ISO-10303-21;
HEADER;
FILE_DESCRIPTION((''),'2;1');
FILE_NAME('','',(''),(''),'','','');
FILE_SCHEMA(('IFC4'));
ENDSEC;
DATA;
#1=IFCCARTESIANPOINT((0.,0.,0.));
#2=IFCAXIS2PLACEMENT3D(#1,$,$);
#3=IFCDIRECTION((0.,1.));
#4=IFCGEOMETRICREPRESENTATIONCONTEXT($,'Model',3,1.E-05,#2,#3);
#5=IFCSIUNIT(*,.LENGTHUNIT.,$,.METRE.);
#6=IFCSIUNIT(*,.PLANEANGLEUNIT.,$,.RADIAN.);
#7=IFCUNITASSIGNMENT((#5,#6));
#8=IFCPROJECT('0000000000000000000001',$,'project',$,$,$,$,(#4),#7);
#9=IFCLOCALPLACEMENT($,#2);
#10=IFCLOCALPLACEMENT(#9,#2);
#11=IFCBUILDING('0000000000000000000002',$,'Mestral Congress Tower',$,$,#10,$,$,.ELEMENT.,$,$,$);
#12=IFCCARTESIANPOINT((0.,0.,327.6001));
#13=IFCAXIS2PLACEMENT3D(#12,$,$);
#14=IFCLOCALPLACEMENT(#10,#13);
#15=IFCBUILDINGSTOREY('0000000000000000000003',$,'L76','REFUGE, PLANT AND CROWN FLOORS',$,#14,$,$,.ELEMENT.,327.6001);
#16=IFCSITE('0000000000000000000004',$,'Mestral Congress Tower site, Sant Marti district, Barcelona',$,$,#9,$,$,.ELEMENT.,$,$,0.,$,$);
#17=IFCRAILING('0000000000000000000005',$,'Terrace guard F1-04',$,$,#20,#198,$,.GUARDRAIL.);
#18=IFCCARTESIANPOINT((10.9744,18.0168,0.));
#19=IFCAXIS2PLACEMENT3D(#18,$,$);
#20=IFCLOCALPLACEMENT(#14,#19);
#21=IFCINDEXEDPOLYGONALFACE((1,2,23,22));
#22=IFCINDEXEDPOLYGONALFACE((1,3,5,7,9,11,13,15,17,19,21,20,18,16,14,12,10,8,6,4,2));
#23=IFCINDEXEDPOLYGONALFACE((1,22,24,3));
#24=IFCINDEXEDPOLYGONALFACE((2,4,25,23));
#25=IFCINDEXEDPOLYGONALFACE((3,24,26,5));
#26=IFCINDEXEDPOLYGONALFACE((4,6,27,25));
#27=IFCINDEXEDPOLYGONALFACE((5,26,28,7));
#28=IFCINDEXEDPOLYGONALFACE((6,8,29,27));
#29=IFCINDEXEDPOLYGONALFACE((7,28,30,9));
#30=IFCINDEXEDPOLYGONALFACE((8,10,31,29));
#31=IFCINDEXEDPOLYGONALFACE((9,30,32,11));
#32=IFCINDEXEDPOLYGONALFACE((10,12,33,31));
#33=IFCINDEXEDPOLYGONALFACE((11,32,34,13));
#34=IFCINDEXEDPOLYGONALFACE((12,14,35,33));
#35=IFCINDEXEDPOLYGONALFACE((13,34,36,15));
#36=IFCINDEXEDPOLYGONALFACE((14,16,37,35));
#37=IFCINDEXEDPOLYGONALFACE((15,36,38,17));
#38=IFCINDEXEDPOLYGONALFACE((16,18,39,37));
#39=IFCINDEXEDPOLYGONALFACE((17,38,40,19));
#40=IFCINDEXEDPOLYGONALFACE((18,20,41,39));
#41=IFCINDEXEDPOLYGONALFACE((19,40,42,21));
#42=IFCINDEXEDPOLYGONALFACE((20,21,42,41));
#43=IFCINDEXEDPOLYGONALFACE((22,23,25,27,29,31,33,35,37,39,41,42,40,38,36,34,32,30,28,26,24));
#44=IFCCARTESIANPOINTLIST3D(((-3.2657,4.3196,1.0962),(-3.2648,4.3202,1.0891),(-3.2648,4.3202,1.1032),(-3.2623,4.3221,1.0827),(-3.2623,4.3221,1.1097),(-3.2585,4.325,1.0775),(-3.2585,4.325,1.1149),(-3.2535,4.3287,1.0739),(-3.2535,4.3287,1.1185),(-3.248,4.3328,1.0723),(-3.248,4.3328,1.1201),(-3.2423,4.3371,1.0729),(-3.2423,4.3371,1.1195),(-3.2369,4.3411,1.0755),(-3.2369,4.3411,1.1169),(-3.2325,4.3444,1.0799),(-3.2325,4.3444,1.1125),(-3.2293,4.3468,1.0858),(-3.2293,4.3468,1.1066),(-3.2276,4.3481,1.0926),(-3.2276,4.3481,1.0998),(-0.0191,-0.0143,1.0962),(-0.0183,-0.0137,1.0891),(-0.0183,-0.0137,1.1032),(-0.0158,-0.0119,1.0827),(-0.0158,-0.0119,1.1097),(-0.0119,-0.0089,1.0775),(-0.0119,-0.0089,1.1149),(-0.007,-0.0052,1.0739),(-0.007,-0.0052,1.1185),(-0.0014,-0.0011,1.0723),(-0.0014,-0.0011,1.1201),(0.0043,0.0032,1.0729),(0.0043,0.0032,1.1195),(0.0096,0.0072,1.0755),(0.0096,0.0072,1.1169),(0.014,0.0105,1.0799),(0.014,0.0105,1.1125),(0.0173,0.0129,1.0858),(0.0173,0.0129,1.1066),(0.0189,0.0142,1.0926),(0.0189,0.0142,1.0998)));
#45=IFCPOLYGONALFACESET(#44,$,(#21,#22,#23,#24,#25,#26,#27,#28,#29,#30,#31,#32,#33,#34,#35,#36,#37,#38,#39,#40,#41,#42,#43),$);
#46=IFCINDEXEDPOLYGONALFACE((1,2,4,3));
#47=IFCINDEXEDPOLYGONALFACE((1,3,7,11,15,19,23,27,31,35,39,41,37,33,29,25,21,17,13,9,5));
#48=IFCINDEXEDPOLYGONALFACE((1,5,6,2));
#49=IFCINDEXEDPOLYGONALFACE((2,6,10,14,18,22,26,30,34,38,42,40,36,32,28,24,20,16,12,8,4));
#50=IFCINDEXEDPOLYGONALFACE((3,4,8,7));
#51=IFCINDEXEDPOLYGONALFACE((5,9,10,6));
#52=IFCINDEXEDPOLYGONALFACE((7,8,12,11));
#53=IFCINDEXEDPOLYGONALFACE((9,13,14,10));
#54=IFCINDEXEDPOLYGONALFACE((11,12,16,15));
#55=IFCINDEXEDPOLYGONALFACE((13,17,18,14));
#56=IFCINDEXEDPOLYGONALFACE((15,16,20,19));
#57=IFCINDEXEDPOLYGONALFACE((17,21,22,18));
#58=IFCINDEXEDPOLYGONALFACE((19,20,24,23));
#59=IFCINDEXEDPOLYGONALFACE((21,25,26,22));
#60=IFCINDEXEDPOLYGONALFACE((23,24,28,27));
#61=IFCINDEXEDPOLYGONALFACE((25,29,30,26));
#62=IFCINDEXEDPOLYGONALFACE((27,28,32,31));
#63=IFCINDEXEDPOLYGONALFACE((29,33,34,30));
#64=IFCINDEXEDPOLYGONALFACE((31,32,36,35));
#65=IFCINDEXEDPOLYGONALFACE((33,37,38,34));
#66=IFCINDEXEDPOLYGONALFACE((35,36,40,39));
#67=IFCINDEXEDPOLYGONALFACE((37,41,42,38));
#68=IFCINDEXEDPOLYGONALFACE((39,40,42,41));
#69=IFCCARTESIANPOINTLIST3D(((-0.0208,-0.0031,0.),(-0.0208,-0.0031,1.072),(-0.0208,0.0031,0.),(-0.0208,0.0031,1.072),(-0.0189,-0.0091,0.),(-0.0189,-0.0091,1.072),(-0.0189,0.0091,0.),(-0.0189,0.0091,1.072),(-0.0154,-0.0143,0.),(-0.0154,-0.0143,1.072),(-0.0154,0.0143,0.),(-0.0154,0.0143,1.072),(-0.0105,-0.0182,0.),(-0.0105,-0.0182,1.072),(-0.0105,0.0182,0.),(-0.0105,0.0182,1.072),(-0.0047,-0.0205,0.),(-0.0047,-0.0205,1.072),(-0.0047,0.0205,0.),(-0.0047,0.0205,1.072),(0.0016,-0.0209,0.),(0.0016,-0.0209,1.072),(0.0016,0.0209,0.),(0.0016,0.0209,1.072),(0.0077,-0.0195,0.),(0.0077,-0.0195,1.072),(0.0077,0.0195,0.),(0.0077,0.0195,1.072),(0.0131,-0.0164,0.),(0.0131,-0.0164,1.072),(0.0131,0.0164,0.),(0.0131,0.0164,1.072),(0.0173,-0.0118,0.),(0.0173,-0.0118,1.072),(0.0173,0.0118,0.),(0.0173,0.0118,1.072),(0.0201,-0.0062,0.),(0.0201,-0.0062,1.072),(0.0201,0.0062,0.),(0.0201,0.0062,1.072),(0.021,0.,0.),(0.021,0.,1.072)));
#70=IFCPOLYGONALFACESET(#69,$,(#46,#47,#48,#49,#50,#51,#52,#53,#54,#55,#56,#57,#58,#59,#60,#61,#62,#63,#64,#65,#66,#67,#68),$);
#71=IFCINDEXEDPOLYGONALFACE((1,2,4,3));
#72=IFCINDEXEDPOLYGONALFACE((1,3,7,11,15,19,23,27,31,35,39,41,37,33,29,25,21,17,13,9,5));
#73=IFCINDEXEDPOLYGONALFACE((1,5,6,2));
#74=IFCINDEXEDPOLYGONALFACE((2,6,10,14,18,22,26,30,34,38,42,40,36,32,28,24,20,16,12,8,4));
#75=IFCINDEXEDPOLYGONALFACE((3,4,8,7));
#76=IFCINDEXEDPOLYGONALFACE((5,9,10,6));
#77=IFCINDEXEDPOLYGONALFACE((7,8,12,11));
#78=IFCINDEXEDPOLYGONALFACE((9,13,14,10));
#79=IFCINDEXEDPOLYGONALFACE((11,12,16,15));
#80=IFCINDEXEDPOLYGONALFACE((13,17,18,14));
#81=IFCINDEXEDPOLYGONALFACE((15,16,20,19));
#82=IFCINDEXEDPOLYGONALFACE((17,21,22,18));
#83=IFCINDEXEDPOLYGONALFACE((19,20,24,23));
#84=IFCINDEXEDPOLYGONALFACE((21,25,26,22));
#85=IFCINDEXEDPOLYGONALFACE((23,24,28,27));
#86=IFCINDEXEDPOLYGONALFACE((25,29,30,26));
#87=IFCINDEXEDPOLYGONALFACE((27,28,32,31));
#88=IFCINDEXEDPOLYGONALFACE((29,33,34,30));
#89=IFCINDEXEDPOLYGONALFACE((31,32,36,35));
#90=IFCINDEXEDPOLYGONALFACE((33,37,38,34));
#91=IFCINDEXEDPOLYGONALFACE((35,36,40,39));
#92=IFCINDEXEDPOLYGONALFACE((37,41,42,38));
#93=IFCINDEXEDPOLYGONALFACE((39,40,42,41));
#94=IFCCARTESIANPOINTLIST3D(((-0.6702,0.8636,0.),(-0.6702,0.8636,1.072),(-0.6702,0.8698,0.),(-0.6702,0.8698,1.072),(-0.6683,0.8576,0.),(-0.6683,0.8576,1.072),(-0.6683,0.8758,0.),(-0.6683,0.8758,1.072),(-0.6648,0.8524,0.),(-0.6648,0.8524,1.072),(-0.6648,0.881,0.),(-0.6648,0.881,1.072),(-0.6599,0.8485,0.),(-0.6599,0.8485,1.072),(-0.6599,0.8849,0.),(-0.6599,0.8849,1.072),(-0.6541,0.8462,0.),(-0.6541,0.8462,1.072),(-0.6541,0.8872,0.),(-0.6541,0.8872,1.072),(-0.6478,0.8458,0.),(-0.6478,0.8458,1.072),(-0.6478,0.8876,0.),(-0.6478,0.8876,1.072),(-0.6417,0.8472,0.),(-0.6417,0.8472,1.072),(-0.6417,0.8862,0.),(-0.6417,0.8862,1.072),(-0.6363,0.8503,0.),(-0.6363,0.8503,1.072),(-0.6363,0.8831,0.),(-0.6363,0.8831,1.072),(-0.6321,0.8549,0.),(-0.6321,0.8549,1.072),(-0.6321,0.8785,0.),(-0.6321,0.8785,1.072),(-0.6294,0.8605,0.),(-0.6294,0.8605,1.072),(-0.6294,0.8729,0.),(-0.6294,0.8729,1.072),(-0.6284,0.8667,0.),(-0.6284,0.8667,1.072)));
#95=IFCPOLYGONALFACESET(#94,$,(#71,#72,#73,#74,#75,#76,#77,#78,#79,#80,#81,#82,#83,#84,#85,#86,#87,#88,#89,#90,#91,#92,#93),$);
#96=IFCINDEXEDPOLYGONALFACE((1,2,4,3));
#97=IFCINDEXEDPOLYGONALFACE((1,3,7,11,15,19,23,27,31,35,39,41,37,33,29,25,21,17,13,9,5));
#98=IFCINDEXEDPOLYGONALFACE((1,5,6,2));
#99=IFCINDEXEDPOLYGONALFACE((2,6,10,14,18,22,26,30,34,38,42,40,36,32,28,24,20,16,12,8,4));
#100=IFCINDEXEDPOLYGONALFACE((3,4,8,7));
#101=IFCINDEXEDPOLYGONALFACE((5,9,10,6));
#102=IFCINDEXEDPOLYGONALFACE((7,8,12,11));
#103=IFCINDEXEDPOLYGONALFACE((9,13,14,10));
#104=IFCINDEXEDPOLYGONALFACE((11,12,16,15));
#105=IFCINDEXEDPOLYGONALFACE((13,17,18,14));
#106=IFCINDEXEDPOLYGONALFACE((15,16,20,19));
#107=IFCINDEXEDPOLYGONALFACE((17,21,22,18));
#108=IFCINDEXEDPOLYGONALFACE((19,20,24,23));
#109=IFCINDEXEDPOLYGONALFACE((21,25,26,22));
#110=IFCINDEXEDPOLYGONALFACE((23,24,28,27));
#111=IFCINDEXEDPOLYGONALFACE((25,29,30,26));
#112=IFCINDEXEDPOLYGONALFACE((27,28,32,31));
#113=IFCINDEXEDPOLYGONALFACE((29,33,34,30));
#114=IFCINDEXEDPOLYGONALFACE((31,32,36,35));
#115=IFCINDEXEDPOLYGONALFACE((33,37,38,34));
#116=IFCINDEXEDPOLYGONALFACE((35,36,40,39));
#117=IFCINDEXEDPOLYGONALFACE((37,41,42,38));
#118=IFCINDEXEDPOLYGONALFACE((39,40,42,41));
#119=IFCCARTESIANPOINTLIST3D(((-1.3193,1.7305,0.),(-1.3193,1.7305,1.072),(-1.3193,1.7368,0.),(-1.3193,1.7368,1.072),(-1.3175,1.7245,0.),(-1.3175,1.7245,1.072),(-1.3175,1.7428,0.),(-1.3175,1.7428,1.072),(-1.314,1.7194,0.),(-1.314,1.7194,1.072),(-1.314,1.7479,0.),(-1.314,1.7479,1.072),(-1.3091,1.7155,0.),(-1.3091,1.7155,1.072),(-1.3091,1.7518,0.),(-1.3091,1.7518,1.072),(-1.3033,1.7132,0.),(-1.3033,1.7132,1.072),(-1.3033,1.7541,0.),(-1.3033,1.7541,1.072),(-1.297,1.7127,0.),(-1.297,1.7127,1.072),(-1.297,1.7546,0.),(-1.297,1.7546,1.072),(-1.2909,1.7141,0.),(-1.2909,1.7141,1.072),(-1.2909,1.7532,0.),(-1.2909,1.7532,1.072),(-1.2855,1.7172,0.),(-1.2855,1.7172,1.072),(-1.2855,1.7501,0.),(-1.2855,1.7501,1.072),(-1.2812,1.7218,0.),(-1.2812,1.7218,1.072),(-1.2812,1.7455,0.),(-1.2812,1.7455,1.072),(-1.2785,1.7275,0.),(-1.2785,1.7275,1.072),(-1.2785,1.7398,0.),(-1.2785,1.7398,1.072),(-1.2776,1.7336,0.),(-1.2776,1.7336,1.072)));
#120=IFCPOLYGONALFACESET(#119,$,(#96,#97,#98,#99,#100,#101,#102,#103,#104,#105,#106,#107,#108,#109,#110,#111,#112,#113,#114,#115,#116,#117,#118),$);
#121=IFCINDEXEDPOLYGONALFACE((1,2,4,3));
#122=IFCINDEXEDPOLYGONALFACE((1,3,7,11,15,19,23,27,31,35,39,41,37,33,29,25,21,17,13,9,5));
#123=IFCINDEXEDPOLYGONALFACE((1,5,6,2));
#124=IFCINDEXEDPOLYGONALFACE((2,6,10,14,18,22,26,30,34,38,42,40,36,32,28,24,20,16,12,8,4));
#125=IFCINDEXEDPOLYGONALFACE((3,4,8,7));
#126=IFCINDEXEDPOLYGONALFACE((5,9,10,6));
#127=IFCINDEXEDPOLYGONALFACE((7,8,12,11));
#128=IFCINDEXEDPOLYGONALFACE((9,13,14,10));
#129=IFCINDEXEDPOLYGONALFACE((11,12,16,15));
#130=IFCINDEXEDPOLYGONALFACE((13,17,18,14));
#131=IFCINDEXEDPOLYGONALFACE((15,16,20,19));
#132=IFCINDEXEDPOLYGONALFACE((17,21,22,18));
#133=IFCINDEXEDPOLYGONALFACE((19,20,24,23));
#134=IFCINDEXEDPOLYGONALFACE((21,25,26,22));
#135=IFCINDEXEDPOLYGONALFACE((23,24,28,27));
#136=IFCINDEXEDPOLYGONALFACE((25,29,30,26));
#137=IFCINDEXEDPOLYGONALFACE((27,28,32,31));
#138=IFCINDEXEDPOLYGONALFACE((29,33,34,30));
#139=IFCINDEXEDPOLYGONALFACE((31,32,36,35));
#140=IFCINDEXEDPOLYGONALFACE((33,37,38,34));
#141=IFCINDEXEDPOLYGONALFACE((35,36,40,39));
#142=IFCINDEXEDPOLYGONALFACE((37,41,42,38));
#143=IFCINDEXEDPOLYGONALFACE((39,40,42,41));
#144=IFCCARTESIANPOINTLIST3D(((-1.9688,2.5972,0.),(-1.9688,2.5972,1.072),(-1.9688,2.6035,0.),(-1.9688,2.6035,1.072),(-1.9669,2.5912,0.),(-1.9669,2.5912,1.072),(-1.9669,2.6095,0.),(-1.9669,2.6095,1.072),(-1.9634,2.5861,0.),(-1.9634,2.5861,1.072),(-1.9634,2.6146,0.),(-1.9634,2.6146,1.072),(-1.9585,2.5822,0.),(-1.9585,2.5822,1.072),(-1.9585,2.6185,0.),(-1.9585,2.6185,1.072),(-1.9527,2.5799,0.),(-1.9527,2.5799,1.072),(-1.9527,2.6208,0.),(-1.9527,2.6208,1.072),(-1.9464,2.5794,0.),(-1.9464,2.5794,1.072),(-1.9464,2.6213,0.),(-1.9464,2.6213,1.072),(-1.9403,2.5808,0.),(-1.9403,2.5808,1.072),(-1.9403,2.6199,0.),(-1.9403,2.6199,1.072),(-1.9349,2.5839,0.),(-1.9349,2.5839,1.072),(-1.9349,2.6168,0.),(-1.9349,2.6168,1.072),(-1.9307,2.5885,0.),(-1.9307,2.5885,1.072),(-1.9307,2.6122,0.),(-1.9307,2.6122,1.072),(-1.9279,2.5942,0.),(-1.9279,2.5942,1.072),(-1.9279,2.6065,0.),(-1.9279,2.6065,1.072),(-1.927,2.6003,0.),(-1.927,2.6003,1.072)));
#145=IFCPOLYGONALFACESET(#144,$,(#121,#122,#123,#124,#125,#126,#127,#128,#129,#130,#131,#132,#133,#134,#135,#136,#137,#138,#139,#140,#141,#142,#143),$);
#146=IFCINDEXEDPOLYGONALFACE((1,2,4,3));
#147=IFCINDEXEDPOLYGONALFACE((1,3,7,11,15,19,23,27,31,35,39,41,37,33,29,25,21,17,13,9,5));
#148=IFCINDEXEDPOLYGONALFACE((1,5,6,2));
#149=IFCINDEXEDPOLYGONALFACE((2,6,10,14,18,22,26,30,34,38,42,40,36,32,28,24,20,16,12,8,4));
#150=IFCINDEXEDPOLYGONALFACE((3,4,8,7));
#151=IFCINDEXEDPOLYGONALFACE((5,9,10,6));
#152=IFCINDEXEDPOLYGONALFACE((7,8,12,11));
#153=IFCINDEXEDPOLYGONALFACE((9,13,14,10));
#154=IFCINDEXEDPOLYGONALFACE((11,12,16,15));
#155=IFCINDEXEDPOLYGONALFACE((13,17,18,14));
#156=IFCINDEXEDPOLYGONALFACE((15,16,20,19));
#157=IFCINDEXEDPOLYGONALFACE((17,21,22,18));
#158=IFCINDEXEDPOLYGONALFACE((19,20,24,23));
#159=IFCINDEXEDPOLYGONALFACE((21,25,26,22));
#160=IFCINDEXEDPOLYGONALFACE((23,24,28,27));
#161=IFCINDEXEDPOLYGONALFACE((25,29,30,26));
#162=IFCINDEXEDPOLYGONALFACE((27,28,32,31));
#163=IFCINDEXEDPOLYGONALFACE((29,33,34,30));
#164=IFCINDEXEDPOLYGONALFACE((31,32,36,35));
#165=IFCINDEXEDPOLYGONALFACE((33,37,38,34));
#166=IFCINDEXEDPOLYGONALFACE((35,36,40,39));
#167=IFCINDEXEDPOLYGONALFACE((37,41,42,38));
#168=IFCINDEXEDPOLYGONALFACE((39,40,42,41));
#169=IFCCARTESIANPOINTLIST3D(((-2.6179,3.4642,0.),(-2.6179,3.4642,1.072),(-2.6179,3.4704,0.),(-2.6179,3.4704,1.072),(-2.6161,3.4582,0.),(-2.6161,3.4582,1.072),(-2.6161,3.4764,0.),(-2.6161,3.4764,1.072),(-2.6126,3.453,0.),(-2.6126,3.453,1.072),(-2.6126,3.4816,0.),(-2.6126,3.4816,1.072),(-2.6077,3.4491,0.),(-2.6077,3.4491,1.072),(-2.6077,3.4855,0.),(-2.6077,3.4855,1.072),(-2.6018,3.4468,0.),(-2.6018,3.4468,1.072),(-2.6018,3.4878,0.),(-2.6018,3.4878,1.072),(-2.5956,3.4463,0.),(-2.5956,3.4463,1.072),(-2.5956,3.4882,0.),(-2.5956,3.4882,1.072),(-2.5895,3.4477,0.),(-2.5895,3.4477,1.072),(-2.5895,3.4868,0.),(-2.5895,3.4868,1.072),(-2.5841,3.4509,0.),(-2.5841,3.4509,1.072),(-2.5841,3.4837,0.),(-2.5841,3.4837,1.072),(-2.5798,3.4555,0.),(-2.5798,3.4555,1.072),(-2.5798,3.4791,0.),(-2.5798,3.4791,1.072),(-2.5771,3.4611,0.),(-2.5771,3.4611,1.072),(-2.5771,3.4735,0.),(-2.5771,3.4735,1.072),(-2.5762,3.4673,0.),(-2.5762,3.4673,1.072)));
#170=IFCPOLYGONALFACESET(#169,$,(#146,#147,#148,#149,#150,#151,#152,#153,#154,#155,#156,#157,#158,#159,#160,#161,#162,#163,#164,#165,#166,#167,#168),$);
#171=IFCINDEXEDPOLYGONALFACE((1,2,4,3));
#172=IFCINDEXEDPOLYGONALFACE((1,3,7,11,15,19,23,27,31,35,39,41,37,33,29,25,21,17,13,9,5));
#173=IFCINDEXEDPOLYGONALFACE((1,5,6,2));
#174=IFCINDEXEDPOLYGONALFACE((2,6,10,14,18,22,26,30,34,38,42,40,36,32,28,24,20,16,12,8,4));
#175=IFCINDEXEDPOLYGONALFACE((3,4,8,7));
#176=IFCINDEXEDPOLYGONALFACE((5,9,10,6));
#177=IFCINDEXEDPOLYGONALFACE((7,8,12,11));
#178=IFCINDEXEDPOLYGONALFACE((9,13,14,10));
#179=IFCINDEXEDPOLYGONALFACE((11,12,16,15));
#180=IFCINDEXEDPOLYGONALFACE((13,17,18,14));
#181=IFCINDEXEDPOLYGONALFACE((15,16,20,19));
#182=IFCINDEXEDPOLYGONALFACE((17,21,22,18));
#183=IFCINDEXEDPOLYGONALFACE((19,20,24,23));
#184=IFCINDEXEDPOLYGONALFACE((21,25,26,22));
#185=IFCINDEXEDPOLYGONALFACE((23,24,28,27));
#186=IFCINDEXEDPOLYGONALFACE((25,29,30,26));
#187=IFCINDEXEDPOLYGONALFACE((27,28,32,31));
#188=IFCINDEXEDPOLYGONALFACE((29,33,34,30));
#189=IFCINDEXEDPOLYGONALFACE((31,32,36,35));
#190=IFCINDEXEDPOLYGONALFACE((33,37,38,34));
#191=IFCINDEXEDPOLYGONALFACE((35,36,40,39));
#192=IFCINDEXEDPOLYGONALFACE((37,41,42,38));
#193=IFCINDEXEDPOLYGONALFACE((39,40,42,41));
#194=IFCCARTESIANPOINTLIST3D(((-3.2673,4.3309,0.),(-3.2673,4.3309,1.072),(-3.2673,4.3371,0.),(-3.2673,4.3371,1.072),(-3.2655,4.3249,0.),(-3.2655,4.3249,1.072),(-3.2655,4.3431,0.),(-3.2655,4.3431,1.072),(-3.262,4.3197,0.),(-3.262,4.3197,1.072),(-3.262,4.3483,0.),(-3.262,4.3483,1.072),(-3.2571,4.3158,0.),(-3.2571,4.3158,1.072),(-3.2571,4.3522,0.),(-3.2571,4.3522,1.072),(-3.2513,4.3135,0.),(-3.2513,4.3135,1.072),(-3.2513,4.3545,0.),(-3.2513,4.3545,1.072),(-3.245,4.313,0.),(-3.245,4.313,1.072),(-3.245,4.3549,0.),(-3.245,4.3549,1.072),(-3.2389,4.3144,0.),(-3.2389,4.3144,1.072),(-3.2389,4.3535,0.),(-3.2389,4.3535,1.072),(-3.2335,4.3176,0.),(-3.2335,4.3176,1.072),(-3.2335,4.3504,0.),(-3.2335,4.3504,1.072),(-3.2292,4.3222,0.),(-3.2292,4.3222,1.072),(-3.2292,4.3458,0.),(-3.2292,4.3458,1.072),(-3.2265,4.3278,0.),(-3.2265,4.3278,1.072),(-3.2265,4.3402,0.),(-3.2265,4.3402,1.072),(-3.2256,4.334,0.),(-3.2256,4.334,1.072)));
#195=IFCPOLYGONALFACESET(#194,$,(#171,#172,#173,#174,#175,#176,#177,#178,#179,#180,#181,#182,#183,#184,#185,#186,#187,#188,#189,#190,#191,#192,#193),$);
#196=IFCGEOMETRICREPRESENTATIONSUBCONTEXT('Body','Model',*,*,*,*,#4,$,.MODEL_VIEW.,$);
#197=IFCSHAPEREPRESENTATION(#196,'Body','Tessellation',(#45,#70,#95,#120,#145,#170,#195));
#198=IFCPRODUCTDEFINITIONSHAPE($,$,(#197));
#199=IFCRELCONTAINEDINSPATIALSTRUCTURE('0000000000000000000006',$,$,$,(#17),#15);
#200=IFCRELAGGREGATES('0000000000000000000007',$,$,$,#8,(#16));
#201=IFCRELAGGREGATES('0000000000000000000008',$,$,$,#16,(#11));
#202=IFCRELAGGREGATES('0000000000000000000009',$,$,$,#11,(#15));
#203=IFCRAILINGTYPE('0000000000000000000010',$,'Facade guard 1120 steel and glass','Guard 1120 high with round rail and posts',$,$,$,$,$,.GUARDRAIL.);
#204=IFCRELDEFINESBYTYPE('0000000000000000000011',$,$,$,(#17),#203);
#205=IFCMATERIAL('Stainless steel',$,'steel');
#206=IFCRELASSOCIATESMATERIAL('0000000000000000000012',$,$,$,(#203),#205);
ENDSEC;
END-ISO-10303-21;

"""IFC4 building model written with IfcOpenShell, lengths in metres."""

from ifc_helpers import new_model, si_unit, direction, frame, origin, origin_2d, place, context, subcontext, project, spatial, circle, extrude, material, type_object, element, save


model = new_model("IFC4")

# Units and contexts
model_context = context("Model", 3, precision=1e-05, world=origin(), true_north=direction((0.0, 1.0)))
body_context = subcontext(model_context, "Body", "Model", "MODEL_VIEW")
ifc_project = project(units=[si_unit("LENGTHUNIT", "METRE"), si_unit("PLANEANGLEUNIT", "RADIAN")], contexts=[model_context])

# Site, building, storey
site_placement = place(None, origin())
site = spatial("IfcSite", under=ifc_project, at=site_placement, Name="Mestral Congress Tower site, Sant Marti district, Barcelona", CompositionType="ELEMENT", RefElevation=0.0)
building_placement = place(site_placement, origin())
building = spatial("IfcBuilding", under=site, at=building_placement, Name="Mestral Congress Tower", CompositionType="ELEMENT")
storey_placement = place(building_placement, frame((0.0, 0.0, 327.6001)))
storey = spatial("IfcBuildingStorey", under=building, at=storey_placement, Name="L76", Description="REFUGE, PLANT AND CROWN FLOORS", CompositionType="ELEMENT", Elevation=327.6001)

# Railing
ifc_material_1 = material(Name="Stainless steel", Category="steel")
railing_type = type_object("IfcRailingType", Name="Facade guard 1120 steel and glass", Description="Guard 1120 high with round rail and posts", PredefinedType="GUARDRAIL", material=ifc_material_1)
railing_1_placement = place(storey_placement, frame((10.9744, 18.0168, 0.0)))
element("IfcRailing", 1, at=railing_1_placement, inside=storey, type_object=railing_type, Name="Terrace guard F1-04", PredefinedType="GUARDRAIL", context=body_context, shape_type="SweptSolid", body=[
    extrude(circle(Radius=0.0239, at=origin_2d()), frame((0.0, 0.0, 1.0962), z_axis=(-0.599538, 0.800346, 0.0), x_axis=(-0.800346, -0.599538, 0.0)), (0.0, 0.0, 1.0), 5.415),
    extrude(circle(Radius=0.021, at=origin_2d()), origin(), (0.0, 0.0, 1.0), 1.072),
    extrude(circle(Radius=0.021, at=origin_2d()), frame((-0.6494, 0.8667, 0.0)), (0.0, 0.0, 1.0), 1.072),
    extrude(circle(Radius=0.021, at=origin_2d()), frame((-1.2986, 1.7336, 0.0)), (0.0, 0.0, 1.0), 1.072),
    extrude(circle(Radius=0.021, at=origin_2d()), frame((-1.948, 2.6003, 0.0)), (0.0, 0.0, 1.0), 1.072),
    extrude(circle(Radius=0.021, at=origin_2d()), frame((-2.5972, 3.4673, 0.0)), (0.0, 0.0, 1.0), 1.072),
    extrude(circle(Radius=0.021, at=origin_2d()), frame((-3.2466, 4.334, 0.0)), (0.0, 0.0, 1.0), 1.072),
])

save(model, "model.ifc")
